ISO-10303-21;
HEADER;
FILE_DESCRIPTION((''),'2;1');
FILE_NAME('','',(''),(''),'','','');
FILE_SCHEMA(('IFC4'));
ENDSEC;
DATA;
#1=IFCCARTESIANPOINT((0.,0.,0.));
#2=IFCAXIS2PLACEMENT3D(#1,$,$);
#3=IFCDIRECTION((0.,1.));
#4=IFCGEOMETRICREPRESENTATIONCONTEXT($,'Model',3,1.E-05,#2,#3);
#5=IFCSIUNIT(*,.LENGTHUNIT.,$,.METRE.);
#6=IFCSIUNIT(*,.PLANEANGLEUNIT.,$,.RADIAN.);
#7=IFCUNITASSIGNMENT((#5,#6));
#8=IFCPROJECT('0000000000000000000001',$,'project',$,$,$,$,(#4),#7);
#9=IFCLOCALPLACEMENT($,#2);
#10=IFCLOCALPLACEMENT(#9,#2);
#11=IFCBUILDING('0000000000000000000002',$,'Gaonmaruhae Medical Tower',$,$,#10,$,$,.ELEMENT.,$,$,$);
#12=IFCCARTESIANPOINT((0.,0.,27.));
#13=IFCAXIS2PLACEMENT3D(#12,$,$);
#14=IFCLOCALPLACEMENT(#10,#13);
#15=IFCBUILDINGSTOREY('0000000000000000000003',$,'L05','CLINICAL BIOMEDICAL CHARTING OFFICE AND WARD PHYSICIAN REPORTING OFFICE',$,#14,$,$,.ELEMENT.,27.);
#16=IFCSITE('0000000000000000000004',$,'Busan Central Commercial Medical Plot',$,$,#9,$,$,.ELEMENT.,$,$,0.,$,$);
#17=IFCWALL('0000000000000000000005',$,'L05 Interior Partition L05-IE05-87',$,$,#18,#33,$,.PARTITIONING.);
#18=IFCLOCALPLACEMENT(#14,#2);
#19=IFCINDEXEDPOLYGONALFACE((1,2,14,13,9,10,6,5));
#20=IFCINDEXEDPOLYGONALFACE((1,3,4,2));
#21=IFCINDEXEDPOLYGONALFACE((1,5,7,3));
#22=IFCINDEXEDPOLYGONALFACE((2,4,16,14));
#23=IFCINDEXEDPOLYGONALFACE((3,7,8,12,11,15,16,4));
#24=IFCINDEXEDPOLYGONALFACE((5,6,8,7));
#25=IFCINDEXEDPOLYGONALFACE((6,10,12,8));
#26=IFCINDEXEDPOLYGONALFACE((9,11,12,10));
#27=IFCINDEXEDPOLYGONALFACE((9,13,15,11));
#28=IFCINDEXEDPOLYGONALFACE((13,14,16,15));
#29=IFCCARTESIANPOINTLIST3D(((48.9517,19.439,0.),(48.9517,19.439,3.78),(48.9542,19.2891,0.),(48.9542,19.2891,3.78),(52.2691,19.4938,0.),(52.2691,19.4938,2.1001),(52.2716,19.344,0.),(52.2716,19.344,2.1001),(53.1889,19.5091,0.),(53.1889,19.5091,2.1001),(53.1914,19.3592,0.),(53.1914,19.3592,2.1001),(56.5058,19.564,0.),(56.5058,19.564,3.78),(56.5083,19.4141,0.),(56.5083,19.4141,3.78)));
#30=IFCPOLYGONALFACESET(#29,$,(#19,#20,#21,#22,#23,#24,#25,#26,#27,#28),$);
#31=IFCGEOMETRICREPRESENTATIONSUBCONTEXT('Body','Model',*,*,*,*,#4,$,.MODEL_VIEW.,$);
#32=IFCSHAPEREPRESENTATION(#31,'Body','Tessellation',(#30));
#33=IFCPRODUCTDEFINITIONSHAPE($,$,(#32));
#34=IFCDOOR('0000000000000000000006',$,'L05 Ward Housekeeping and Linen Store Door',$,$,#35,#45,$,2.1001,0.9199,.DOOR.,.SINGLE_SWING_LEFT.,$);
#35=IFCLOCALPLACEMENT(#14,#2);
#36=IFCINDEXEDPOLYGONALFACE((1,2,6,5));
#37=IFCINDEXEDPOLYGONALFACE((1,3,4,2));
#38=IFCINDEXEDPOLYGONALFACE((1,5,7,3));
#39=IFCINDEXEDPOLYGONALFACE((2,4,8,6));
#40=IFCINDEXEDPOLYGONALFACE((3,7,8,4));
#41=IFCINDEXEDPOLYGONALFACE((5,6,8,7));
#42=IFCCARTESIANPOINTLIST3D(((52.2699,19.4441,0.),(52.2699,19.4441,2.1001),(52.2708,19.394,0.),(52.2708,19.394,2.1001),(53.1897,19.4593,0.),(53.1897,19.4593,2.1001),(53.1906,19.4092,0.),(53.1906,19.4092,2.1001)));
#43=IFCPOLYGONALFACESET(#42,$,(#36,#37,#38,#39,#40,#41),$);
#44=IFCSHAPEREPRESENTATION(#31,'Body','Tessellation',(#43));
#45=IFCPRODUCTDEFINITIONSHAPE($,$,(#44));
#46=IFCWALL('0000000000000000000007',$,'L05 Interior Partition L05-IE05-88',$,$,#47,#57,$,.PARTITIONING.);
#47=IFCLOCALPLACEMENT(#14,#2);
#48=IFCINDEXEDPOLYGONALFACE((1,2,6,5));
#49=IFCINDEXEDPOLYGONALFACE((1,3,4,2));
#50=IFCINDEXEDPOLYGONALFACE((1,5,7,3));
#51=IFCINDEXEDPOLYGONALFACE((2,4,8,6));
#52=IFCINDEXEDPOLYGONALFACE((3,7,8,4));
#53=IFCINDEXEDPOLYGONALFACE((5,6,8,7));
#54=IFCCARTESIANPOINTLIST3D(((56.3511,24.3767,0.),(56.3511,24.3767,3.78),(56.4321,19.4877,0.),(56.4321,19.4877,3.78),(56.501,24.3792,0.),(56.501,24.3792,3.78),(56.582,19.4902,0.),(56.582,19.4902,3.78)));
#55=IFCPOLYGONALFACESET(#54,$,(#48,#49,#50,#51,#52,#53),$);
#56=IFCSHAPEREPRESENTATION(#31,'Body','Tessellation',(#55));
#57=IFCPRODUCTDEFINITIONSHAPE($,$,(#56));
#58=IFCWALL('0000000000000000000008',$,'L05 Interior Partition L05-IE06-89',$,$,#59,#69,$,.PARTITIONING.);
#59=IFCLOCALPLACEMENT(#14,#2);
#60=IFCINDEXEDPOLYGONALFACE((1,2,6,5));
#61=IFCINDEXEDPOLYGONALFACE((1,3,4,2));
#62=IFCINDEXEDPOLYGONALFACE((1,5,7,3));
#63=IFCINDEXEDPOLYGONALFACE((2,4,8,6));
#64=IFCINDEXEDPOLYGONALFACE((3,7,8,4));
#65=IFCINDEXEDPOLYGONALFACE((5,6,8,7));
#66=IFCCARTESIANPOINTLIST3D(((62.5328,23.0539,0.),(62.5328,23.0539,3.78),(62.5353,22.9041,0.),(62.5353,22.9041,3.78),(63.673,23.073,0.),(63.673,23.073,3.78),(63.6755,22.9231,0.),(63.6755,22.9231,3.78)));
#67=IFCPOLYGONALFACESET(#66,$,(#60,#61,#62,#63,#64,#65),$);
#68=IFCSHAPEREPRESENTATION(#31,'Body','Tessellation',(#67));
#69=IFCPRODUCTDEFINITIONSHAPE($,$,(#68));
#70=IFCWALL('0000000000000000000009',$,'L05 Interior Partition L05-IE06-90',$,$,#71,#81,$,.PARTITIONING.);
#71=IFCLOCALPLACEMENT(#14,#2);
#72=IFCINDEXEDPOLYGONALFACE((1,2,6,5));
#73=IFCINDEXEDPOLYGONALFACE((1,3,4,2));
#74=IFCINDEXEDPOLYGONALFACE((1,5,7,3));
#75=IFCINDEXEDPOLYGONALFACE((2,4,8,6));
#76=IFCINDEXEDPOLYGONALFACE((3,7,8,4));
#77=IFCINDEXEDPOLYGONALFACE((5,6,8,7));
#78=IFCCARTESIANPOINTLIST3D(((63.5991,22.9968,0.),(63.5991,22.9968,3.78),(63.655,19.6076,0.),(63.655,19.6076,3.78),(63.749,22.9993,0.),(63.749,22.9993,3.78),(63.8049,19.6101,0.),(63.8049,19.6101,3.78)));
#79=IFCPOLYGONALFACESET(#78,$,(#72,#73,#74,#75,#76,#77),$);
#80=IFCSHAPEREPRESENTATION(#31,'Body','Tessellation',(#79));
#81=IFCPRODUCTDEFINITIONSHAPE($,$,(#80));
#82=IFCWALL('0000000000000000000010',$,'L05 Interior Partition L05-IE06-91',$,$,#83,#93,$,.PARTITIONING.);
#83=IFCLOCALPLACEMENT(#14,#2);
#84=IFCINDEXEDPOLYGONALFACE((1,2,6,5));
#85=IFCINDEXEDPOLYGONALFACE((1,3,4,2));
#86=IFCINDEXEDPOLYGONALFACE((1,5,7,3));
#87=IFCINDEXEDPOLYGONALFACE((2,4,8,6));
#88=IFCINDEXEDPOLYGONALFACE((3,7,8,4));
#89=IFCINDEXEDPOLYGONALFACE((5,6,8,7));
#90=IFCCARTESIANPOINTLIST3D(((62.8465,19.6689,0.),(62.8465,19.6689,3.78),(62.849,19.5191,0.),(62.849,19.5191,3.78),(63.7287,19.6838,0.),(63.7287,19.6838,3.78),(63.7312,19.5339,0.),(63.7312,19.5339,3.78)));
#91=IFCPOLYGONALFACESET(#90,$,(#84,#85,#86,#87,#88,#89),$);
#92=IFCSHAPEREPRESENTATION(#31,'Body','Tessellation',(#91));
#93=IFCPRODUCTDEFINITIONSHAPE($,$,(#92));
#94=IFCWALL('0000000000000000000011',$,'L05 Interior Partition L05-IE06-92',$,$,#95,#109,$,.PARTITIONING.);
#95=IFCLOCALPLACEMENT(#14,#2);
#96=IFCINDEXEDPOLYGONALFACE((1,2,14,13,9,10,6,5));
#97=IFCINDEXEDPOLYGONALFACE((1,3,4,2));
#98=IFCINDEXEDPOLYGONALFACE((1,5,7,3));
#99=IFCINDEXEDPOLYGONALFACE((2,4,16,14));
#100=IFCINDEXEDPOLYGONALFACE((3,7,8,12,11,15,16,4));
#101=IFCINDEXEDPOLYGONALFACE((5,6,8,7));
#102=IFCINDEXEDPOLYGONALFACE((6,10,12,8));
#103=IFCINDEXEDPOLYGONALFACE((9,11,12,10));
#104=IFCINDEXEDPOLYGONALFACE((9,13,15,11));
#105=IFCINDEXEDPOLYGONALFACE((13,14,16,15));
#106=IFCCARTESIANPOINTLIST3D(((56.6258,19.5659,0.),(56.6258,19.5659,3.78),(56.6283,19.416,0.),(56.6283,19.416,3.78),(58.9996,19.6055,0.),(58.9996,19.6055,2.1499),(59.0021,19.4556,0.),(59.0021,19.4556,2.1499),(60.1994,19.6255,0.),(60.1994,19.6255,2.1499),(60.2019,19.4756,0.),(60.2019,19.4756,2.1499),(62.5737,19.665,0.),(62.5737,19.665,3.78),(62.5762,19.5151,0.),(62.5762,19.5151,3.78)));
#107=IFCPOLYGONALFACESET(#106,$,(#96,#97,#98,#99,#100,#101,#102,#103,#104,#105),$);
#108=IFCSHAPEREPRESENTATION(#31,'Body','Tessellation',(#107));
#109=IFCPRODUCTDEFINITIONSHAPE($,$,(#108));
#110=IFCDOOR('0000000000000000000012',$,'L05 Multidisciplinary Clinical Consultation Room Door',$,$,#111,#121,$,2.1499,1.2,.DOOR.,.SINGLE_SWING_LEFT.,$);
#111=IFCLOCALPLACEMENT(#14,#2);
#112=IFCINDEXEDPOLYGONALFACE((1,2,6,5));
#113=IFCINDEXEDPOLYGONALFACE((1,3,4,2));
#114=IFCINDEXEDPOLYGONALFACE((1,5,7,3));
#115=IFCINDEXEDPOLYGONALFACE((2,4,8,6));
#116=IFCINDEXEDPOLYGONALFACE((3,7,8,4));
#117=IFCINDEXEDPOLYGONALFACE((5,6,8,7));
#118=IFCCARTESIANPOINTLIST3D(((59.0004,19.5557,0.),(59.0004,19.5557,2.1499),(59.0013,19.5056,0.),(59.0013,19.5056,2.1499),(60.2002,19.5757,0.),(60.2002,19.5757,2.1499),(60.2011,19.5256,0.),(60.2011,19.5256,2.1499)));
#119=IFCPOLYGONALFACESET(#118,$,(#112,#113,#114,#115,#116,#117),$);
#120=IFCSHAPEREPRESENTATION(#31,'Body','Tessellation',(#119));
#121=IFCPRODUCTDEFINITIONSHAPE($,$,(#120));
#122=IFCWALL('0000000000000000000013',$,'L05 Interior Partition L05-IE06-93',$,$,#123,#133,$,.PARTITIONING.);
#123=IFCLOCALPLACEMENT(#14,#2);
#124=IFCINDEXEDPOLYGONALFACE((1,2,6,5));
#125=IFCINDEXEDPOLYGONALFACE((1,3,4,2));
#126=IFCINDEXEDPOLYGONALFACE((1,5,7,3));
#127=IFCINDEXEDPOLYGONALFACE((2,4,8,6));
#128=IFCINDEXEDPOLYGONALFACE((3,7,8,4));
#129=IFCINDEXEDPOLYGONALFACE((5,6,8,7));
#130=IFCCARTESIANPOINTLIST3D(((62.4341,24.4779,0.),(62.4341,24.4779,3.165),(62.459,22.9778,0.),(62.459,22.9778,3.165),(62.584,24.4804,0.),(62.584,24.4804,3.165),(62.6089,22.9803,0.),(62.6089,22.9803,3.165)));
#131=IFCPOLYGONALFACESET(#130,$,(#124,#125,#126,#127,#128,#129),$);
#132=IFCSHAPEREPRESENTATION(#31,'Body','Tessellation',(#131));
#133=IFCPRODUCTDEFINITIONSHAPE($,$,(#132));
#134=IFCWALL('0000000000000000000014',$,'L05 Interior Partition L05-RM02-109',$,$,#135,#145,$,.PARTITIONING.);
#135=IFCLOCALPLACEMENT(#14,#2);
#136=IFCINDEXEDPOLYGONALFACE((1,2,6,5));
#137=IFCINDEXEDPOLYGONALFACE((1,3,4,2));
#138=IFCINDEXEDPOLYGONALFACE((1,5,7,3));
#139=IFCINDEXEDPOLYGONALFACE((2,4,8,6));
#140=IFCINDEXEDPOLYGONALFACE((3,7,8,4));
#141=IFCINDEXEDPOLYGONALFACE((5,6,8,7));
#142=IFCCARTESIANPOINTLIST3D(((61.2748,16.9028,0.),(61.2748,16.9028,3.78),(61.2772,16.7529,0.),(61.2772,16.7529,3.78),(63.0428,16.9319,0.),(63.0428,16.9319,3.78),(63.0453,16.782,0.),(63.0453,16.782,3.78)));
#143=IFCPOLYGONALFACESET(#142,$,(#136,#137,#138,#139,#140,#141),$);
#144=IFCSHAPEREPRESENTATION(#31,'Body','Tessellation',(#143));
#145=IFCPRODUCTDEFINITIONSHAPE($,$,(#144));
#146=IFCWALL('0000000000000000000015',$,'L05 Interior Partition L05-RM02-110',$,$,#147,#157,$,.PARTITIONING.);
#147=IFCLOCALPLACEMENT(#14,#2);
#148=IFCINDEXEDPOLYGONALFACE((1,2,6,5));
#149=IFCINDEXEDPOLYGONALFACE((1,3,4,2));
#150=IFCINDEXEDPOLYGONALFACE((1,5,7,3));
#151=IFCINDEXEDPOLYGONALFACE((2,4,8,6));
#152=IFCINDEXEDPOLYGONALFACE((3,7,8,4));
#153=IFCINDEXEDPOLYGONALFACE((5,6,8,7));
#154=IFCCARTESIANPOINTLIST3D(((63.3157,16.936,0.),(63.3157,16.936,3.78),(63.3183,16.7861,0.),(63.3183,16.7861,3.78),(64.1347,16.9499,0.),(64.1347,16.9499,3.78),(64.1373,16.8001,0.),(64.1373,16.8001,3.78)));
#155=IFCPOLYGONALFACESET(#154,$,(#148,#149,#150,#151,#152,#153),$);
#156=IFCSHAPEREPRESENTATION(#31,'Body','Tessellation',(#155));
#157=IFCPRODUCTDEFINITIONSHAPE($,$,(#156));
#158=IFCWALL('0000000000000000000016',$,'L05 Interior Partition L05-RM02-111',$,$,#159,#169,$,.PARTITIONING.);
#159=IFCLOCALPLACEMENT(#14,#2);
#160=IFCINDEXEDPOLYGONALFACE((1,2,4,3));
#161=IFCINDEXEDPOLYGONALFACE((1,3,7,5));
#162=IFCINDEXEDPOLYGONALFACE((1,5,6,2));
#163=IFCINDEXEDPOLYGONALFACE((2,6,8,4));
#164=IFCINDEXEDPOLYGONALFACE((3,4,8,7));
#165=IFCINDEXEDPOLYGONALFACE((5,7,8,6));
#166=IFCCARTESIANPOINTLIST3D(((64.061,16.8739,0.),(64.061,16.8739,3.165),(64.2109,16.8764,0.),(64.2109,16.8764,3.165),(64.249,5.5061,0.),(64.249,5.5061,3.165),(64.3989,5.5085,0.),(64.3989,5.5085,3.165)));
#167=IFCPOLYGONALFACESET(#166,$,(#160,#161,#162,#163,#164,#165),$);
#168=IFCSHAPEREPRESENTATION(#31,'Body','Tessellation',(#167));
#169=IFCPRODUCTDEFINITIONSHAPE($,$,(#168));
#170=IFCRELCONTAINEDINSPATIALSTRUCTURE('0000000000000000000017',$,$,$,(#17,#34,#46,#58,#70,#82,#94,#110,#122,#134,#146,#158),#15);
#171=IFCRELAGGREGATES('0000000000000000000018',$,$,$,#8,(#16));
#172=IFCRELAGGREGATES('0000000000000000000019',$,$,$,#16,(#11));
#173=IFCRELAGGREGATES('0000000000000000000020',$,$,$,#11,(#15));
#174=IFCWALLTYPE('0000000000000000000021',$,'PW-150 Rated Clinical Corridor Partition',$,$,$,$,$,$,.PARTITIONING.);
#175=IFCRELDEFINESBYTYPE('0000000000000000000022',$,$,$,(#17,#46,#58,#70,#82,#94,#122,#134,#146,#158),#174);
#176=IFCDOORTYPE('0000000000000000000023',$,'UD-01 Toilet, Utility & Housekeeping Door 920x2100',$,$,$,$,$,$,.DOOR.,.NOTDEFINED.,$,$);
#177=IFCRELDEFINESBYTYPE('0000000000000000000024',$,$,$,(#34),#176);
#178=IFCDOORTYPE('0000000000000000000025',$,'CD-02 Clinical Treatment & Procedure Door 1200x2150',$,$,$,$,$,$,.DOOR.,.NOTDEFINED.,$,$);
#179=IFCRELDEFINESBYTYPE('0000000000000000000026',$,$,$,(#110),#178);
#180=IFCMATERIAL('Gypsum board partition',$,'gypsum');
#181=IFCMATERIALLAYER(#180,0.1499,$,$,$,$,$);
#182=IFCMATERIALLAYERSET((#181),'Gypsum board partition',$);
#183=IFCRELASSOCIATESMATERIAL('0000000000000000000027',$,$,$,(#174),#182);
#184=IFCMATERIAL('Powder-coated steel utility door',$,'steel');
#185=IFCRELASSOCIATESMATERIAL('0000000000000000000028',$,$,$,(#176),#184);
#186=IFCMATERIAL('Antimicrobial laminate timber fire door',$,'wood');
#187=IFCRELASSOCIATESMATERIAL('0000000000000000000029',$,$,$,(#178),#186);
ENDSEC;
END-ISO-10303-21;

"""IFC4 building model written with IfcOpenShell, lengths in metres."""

from ifc_helpers import new_model, si_unit, direction, frame, frame_2d, origin, place, context, subcontext, project, spatial, rectangle, extrude, material, layer, layer_set, type_object, element, fill, save


model = new_model("IFC4")

# Units and contexts
model_context = context("Model", 3, precision=1e-05, world=origin(), true_north=direction((0.0, 1.0)))
body_context = subcontext(model_context, "Body", "Model", "MODEL_VIEW")
ifc_project = project(units=[si_unit("LENGTHUNIT", "METRE"), si_unit("PLANEANGLEUNIT", "RADIAN")], contexts=[model_context])

# Site, building, storey
site_placement = place(None, origin())
site = spatial("IfcSite", under=ifc_project, at=site_placement, Name="Busan Central Commercial Medical Plot", CompositionType="ELEMENT", RefElevation=0.0)
building_placement = place(site_placement, origin())
building = spatial("IfcBuilding", under=site, at=building_placement, Name="Gaonmaruhae Medical Tower", CompositionType="ELEMENT")
storey_placement = place(building_placement, frame((0.0, 0.0, 27.0)))
storey = spatial("IfcBuildingStorey", under=building, at=storey_placement, Name="L05", Description="CLINICAL BIOMEDICAL CHARTING OFFICE AND WARD PHYSICIAN REPORTING OFFICE", CompositionType="ELEMENT", Elevation=27.0)

# Wall, opening, door
ifc_material_1 = material(Name="Gypsum board partition", Category="gypsum")
ifc_layer_1 = layer(ifc_material_1, 0.1499)
ifc_layer_set_1 = layer_set([ifc_layer_1], Name="Gypsum board partition")
wall_type_1 = type_object("IfcWallType", Name="PW-150 Rated Clinical Corridor Partition", PredefinedType="PARTITIONING", material=ifc_layer_set_1)
wall_1_placement = place(storey_placement, frame((56.5071, 19.489, 0.0), z_axis=(0.0, 0.0, 1.0), x_axis=(-0.999863, -0.016545, 0.0)))
wall_1 = element("IfcWall", 1, at=wall_1_placement, inside=storey, type_object=wall_type_1, Name="L05 Interior Partition L05-IE05-87", PredefinedType="PARTITIONING", context=body_context, shape_type="SweptSolid", body=[
    extrude(rectangle(XDim=7.5552, YDim=0.1499, at=frame_2d((3.7776, 0.0))), origin(), (0.0, 0.0, 1.0), 3.78),
])
opening_1_placement = place(wall_1_placement, frame((3.3174, 0.0, 0.0)))
opening_1 = element("IfcOpeningElement", 2, at=opening_1_placement, cuts=wall_1, PredefinedType="OPENING", context=body_context, shape_type="SweptSolid", body=[
    extrude(rectangle(XDim=0.9199, YDim=2.1001, at=frame_2d((0.46, 1.05))), frame((0.0, 0.085, 0.0), z_axis=(0.0, -1.0, 0.0), x_axis=(1.0, 0.0, 0.0)), (0.0, 0.0, 1.0), 0.1699),
])
ifc_material_2 = material(Name="Powder-coated steel utility door", Category="steel")
door_type_1 = type_object("IfcDoorType", Name="UD-01 Toilet, Utility & Housekeeping Door 920x2100", OperationType="NOTDEFINED", PredefinedType="DOOR", material=ifc_material_2)
door_1_placement = place(opening_1_placement, origin())
door_1 = element("IfcDoor", 3, at=door_1_placement, inside=storey, type_object=door_type_1, Name="L05 Ward Housekeeping and Linen Store Door", OperationType="SINGLE_SWING_LEFT", OverallHeight=2.1001, OverallWidth=0.9199, PredefinedType="DOOR", context=body_context, shape_type="SweptSolid", body=[
    extrude(rectangle(XDim=0.9199, YDim=2.1001, at=frame_2d((0.46, 1.05))), frame((0.0, 0.0249, 0.0), z_axis=(0.0, -1.0, 0.0), x_axis=(1.0, 0.0, 0.0)), (0.0, 0.0, 1.0), 0.05),
])
fill(opening_1, door_1)

# Walls
wall_2_placement = place(storey_placement, frame((56.426, 24.3779, 0.0), z_axis=(0.0, 0.0, 1.0), x_axis=(0.016577, -0.999863, 0.0)))
element("IfcWall", 4, at=wall_2_placement, inside=storey, type_object=wall_type_1, Name="L05 Interior Partition L05-IE05-88", PredefinedType="PARTITIONING", context=body_context, shape_type="SweptSolid", body=[
    extrude(rectangle(XDim=4.8896, YDim=0.1499, at=frame_2d((2.4448, 0.0))), origin(), (0.0, 0.0, 1.0), 3.78),
])
wall_3_placement = place(storey_placement, frame((62.5339, 22.979, 0.0), z_axis=(0.0, 0.0, 1.0), x_axis=(0.999861, 0.0167, 0.0)))
element("IfcWall", 5, at=wall_3_placement, inside=storey, type_object=wall_type_1, Name="L05 Interior Partition L05-IE06-89", PredefinedType="PARTITIONING", context=body_context, shape_type="SweptSolid", body=[
    extrude(rectangle(XDim=1.1404, YDim=0.1499, at=frame_2d((0.5703, 0.0))), origin(), (0.0, 0.0, 1.0), 3.78),
])
wall_4_placement = place(storey_placement, frame((63.6741, 22.998, 0.0), z_axis=(0.0, 0.0, 1.0), x_axis=(0.016494, -0.999864, 0.0)))
element("IfcWall", 6, at=wall_4_placement, inside=storey, type_object=wall_type_1, Name="L05 Interior Partition L05-IE06-90", PredefinedType="PARTITIONING", context=body_context, shape_type="SweptSolid", body=[
    extrude(rectangle(XDim=3.3896, YDim=0.1499, at=frame_2d((1.6948, 0.0))), origin(), (0.0, 0.0, 1.0), 3.78),
])
wall_5_placement = place(storey_placement, frame((63.73, 19.6089, 0.0), z_axis=(0.0, 0.0, 1.0), x_axis=(-0.999858, -0.016881, 0.0)))
element("IfcWall", 7, at=wall_5_placement, inside=storey, type_object=wall_type_1, Name="L05 Interior Partition L05-IE06-91", PredefinedType="PARTITIONING", context=body_context, shape_type="SweptSolid", body=[
    extrude(rectangle(XDim=0.8823, YDim=0.1499, at=frame_2d((0.4412, 0.0))), origin(), (0.0, 0.0, 1.0), 3.78),
])

# Wall, opening, door
wall_6_placement = place(storey_placement, frame((62.575, 19.5901, 0.0), z_axis=(0.0, 0.0, 1.0), x_axis=(-0.999861, -0.016662, 0.0)))
wall_6 = element("IfcWall", 8, at=wall_6_placement, inside=storey, type_object=wall_type_1, Name="L05 Interior Partition L05-IE06-92", PredefinedType="PARTITIONING", context=body_context, shape_type="SweptSolid", body=[
    extrude(rectangle(XDim=5.9487, YDim=0.1499, at=frame_2d((2.9744, 0.0))), origin(), (0.0, 0.0, 1.0), 3.78),
])
opening_2_placement = place(wall_6_placement, frame((2.3745, 0.0, 0.0)))
opening_2 = element("IfcOpeningElement", 9, at=opening_2_placement, cuts=wall_6, PredefinedType="OPENING", context=body_context, shape_type="SweptSolid", body=[
    extrude(rectangle(XDim=1.2, YDim=2.1499, at=frame_2d((0.6001, 1.075))), frame((0.0, 0.085, 0.0), z_axis=(0.0, -1.0, 0.0), x_axis=(1.0, 0.0, 0.0)), (0.0, 0.0, 1.0), 0.1699),
])
ifc_material_3 = material(Name="Antimicrobial laminate timber fire door", Category="wood")
door_type_2 = type_object("IfcDoorType", Name="CD-02 Clinical Treatment & Procedure Door 1200x2150", OperationType="NOTDEFINED", PredefinedType="DOOR", material=ifc_material_3)
door_2_placement = place(opening_2_placement, origin())
door_2 = element("IfcDoor", 10, at=door_2_placement, inside=storey, type_object=door_type_2, Name="L05 Multidisciplinary Clinical Consultation Room Door", OperationType="SINGLE_SWING_LEFT", OverallHeight=2.1499, OverallWidth=1.2, PredefinedType="DOOR", context=body_context, shape_type="SweptSolid", body=[
    extrude(rectangle(XDim=1.2, YDim=2.1499, at=frame_2d((0.6001, 1.075))), frame((0.0, 0.0249, 0.0), z_axis=(0.0, -1.0, 0.0), x_axis=(1.0, 0.0, 0.0)), (0.0, 0.0, 1.0), 0.05),
])
fill(opening_2, door_2)

# Walls
wall_7_placement = place(storey_placement, frame((62.509, 24.479, 0.0), z_axis=(0.0, 0.0, 1.0), x_axis=(0.016599, -0.999862, 0.0)))
element("IfcWall", 11, at=wall_7_placement, inside=storey, type_object=wall_type_1, Name="L05 Interior Partition L05-IE06-93", PredefinedType="PARTITIONING", context=body_context, shape_type="SweptSolid", body=[
    extrude(rectangle(XDim=1.5002, YDim=0.1499, at=frame_2d((0.75, 0.0))), origin(), (0.0, 0.0, 1.0), 3.165),
])
wall_8_placement = place(storey_placement, frame((61.2759, 16.8279, 0.0), z_axis=(0.0, 0.0, 1.0), x_axis=(0.999865, 0.01643, 0.0)))
element("IfcWall", 12, at=wall_8_placement, inside=storey, type_object=wall_type_1, Name="L05 Interior Partition L05-RM02-109", PredefinedType="PARTITIONING", context=body_context, shape_type="SweptSolid", body=[
    extrude(rectangle(XDim=1.7683, YDim=0.1499, at=frame_2d((0.8843, 0.0))), origin(), (0.0, 0.0, 1.0), 3.78),
])
wall_9_placement = place(storey_placement, frame((63.3169, 16.8611, 0.0), z_axis=(0.0, 0.0, 1.0), x_axis=(0.999856, 0.016987, 0.0)))
element("IfcWall", 13, at=wall_9_placement, inside=storey, type_object=wall_type_1, Name="L05 Interior Partition L05-RM02-110", PredefinedType="PARTITIONING", context=body_context, shape_type="SweptSolid", body=[
    extrude(rectangle(XDim=0.8191, YDim=0.1499, at=frame_2d((0.4097, 0.0))), origin(), (0.0, 0.0, 1.0), 3.78),
])
wall_10_placement = place(storey_placement, frame((64.136, 16.875, 0.0), z_axis=(0.0, 0.0, 1.0), x_axis=(0.016534, -0.999863, 0.0)))
element("IfcWall", 14, at=wall_10_placement, inside=storey, type_object=wall_type_1, Name="L05 Interior Partition L05-RM02-111", PredefinedType="PARTITIONING", context=body_context, shape_type="SweptSolid", body=[
    extrude(rectangle(XDim=11.3694, YDim=0.1499, at=frame_2d((5.6846, 0.0))), origin(), (0.0, 0.0, 1.0), 3.165),
])

save(model, "model.ifc")
